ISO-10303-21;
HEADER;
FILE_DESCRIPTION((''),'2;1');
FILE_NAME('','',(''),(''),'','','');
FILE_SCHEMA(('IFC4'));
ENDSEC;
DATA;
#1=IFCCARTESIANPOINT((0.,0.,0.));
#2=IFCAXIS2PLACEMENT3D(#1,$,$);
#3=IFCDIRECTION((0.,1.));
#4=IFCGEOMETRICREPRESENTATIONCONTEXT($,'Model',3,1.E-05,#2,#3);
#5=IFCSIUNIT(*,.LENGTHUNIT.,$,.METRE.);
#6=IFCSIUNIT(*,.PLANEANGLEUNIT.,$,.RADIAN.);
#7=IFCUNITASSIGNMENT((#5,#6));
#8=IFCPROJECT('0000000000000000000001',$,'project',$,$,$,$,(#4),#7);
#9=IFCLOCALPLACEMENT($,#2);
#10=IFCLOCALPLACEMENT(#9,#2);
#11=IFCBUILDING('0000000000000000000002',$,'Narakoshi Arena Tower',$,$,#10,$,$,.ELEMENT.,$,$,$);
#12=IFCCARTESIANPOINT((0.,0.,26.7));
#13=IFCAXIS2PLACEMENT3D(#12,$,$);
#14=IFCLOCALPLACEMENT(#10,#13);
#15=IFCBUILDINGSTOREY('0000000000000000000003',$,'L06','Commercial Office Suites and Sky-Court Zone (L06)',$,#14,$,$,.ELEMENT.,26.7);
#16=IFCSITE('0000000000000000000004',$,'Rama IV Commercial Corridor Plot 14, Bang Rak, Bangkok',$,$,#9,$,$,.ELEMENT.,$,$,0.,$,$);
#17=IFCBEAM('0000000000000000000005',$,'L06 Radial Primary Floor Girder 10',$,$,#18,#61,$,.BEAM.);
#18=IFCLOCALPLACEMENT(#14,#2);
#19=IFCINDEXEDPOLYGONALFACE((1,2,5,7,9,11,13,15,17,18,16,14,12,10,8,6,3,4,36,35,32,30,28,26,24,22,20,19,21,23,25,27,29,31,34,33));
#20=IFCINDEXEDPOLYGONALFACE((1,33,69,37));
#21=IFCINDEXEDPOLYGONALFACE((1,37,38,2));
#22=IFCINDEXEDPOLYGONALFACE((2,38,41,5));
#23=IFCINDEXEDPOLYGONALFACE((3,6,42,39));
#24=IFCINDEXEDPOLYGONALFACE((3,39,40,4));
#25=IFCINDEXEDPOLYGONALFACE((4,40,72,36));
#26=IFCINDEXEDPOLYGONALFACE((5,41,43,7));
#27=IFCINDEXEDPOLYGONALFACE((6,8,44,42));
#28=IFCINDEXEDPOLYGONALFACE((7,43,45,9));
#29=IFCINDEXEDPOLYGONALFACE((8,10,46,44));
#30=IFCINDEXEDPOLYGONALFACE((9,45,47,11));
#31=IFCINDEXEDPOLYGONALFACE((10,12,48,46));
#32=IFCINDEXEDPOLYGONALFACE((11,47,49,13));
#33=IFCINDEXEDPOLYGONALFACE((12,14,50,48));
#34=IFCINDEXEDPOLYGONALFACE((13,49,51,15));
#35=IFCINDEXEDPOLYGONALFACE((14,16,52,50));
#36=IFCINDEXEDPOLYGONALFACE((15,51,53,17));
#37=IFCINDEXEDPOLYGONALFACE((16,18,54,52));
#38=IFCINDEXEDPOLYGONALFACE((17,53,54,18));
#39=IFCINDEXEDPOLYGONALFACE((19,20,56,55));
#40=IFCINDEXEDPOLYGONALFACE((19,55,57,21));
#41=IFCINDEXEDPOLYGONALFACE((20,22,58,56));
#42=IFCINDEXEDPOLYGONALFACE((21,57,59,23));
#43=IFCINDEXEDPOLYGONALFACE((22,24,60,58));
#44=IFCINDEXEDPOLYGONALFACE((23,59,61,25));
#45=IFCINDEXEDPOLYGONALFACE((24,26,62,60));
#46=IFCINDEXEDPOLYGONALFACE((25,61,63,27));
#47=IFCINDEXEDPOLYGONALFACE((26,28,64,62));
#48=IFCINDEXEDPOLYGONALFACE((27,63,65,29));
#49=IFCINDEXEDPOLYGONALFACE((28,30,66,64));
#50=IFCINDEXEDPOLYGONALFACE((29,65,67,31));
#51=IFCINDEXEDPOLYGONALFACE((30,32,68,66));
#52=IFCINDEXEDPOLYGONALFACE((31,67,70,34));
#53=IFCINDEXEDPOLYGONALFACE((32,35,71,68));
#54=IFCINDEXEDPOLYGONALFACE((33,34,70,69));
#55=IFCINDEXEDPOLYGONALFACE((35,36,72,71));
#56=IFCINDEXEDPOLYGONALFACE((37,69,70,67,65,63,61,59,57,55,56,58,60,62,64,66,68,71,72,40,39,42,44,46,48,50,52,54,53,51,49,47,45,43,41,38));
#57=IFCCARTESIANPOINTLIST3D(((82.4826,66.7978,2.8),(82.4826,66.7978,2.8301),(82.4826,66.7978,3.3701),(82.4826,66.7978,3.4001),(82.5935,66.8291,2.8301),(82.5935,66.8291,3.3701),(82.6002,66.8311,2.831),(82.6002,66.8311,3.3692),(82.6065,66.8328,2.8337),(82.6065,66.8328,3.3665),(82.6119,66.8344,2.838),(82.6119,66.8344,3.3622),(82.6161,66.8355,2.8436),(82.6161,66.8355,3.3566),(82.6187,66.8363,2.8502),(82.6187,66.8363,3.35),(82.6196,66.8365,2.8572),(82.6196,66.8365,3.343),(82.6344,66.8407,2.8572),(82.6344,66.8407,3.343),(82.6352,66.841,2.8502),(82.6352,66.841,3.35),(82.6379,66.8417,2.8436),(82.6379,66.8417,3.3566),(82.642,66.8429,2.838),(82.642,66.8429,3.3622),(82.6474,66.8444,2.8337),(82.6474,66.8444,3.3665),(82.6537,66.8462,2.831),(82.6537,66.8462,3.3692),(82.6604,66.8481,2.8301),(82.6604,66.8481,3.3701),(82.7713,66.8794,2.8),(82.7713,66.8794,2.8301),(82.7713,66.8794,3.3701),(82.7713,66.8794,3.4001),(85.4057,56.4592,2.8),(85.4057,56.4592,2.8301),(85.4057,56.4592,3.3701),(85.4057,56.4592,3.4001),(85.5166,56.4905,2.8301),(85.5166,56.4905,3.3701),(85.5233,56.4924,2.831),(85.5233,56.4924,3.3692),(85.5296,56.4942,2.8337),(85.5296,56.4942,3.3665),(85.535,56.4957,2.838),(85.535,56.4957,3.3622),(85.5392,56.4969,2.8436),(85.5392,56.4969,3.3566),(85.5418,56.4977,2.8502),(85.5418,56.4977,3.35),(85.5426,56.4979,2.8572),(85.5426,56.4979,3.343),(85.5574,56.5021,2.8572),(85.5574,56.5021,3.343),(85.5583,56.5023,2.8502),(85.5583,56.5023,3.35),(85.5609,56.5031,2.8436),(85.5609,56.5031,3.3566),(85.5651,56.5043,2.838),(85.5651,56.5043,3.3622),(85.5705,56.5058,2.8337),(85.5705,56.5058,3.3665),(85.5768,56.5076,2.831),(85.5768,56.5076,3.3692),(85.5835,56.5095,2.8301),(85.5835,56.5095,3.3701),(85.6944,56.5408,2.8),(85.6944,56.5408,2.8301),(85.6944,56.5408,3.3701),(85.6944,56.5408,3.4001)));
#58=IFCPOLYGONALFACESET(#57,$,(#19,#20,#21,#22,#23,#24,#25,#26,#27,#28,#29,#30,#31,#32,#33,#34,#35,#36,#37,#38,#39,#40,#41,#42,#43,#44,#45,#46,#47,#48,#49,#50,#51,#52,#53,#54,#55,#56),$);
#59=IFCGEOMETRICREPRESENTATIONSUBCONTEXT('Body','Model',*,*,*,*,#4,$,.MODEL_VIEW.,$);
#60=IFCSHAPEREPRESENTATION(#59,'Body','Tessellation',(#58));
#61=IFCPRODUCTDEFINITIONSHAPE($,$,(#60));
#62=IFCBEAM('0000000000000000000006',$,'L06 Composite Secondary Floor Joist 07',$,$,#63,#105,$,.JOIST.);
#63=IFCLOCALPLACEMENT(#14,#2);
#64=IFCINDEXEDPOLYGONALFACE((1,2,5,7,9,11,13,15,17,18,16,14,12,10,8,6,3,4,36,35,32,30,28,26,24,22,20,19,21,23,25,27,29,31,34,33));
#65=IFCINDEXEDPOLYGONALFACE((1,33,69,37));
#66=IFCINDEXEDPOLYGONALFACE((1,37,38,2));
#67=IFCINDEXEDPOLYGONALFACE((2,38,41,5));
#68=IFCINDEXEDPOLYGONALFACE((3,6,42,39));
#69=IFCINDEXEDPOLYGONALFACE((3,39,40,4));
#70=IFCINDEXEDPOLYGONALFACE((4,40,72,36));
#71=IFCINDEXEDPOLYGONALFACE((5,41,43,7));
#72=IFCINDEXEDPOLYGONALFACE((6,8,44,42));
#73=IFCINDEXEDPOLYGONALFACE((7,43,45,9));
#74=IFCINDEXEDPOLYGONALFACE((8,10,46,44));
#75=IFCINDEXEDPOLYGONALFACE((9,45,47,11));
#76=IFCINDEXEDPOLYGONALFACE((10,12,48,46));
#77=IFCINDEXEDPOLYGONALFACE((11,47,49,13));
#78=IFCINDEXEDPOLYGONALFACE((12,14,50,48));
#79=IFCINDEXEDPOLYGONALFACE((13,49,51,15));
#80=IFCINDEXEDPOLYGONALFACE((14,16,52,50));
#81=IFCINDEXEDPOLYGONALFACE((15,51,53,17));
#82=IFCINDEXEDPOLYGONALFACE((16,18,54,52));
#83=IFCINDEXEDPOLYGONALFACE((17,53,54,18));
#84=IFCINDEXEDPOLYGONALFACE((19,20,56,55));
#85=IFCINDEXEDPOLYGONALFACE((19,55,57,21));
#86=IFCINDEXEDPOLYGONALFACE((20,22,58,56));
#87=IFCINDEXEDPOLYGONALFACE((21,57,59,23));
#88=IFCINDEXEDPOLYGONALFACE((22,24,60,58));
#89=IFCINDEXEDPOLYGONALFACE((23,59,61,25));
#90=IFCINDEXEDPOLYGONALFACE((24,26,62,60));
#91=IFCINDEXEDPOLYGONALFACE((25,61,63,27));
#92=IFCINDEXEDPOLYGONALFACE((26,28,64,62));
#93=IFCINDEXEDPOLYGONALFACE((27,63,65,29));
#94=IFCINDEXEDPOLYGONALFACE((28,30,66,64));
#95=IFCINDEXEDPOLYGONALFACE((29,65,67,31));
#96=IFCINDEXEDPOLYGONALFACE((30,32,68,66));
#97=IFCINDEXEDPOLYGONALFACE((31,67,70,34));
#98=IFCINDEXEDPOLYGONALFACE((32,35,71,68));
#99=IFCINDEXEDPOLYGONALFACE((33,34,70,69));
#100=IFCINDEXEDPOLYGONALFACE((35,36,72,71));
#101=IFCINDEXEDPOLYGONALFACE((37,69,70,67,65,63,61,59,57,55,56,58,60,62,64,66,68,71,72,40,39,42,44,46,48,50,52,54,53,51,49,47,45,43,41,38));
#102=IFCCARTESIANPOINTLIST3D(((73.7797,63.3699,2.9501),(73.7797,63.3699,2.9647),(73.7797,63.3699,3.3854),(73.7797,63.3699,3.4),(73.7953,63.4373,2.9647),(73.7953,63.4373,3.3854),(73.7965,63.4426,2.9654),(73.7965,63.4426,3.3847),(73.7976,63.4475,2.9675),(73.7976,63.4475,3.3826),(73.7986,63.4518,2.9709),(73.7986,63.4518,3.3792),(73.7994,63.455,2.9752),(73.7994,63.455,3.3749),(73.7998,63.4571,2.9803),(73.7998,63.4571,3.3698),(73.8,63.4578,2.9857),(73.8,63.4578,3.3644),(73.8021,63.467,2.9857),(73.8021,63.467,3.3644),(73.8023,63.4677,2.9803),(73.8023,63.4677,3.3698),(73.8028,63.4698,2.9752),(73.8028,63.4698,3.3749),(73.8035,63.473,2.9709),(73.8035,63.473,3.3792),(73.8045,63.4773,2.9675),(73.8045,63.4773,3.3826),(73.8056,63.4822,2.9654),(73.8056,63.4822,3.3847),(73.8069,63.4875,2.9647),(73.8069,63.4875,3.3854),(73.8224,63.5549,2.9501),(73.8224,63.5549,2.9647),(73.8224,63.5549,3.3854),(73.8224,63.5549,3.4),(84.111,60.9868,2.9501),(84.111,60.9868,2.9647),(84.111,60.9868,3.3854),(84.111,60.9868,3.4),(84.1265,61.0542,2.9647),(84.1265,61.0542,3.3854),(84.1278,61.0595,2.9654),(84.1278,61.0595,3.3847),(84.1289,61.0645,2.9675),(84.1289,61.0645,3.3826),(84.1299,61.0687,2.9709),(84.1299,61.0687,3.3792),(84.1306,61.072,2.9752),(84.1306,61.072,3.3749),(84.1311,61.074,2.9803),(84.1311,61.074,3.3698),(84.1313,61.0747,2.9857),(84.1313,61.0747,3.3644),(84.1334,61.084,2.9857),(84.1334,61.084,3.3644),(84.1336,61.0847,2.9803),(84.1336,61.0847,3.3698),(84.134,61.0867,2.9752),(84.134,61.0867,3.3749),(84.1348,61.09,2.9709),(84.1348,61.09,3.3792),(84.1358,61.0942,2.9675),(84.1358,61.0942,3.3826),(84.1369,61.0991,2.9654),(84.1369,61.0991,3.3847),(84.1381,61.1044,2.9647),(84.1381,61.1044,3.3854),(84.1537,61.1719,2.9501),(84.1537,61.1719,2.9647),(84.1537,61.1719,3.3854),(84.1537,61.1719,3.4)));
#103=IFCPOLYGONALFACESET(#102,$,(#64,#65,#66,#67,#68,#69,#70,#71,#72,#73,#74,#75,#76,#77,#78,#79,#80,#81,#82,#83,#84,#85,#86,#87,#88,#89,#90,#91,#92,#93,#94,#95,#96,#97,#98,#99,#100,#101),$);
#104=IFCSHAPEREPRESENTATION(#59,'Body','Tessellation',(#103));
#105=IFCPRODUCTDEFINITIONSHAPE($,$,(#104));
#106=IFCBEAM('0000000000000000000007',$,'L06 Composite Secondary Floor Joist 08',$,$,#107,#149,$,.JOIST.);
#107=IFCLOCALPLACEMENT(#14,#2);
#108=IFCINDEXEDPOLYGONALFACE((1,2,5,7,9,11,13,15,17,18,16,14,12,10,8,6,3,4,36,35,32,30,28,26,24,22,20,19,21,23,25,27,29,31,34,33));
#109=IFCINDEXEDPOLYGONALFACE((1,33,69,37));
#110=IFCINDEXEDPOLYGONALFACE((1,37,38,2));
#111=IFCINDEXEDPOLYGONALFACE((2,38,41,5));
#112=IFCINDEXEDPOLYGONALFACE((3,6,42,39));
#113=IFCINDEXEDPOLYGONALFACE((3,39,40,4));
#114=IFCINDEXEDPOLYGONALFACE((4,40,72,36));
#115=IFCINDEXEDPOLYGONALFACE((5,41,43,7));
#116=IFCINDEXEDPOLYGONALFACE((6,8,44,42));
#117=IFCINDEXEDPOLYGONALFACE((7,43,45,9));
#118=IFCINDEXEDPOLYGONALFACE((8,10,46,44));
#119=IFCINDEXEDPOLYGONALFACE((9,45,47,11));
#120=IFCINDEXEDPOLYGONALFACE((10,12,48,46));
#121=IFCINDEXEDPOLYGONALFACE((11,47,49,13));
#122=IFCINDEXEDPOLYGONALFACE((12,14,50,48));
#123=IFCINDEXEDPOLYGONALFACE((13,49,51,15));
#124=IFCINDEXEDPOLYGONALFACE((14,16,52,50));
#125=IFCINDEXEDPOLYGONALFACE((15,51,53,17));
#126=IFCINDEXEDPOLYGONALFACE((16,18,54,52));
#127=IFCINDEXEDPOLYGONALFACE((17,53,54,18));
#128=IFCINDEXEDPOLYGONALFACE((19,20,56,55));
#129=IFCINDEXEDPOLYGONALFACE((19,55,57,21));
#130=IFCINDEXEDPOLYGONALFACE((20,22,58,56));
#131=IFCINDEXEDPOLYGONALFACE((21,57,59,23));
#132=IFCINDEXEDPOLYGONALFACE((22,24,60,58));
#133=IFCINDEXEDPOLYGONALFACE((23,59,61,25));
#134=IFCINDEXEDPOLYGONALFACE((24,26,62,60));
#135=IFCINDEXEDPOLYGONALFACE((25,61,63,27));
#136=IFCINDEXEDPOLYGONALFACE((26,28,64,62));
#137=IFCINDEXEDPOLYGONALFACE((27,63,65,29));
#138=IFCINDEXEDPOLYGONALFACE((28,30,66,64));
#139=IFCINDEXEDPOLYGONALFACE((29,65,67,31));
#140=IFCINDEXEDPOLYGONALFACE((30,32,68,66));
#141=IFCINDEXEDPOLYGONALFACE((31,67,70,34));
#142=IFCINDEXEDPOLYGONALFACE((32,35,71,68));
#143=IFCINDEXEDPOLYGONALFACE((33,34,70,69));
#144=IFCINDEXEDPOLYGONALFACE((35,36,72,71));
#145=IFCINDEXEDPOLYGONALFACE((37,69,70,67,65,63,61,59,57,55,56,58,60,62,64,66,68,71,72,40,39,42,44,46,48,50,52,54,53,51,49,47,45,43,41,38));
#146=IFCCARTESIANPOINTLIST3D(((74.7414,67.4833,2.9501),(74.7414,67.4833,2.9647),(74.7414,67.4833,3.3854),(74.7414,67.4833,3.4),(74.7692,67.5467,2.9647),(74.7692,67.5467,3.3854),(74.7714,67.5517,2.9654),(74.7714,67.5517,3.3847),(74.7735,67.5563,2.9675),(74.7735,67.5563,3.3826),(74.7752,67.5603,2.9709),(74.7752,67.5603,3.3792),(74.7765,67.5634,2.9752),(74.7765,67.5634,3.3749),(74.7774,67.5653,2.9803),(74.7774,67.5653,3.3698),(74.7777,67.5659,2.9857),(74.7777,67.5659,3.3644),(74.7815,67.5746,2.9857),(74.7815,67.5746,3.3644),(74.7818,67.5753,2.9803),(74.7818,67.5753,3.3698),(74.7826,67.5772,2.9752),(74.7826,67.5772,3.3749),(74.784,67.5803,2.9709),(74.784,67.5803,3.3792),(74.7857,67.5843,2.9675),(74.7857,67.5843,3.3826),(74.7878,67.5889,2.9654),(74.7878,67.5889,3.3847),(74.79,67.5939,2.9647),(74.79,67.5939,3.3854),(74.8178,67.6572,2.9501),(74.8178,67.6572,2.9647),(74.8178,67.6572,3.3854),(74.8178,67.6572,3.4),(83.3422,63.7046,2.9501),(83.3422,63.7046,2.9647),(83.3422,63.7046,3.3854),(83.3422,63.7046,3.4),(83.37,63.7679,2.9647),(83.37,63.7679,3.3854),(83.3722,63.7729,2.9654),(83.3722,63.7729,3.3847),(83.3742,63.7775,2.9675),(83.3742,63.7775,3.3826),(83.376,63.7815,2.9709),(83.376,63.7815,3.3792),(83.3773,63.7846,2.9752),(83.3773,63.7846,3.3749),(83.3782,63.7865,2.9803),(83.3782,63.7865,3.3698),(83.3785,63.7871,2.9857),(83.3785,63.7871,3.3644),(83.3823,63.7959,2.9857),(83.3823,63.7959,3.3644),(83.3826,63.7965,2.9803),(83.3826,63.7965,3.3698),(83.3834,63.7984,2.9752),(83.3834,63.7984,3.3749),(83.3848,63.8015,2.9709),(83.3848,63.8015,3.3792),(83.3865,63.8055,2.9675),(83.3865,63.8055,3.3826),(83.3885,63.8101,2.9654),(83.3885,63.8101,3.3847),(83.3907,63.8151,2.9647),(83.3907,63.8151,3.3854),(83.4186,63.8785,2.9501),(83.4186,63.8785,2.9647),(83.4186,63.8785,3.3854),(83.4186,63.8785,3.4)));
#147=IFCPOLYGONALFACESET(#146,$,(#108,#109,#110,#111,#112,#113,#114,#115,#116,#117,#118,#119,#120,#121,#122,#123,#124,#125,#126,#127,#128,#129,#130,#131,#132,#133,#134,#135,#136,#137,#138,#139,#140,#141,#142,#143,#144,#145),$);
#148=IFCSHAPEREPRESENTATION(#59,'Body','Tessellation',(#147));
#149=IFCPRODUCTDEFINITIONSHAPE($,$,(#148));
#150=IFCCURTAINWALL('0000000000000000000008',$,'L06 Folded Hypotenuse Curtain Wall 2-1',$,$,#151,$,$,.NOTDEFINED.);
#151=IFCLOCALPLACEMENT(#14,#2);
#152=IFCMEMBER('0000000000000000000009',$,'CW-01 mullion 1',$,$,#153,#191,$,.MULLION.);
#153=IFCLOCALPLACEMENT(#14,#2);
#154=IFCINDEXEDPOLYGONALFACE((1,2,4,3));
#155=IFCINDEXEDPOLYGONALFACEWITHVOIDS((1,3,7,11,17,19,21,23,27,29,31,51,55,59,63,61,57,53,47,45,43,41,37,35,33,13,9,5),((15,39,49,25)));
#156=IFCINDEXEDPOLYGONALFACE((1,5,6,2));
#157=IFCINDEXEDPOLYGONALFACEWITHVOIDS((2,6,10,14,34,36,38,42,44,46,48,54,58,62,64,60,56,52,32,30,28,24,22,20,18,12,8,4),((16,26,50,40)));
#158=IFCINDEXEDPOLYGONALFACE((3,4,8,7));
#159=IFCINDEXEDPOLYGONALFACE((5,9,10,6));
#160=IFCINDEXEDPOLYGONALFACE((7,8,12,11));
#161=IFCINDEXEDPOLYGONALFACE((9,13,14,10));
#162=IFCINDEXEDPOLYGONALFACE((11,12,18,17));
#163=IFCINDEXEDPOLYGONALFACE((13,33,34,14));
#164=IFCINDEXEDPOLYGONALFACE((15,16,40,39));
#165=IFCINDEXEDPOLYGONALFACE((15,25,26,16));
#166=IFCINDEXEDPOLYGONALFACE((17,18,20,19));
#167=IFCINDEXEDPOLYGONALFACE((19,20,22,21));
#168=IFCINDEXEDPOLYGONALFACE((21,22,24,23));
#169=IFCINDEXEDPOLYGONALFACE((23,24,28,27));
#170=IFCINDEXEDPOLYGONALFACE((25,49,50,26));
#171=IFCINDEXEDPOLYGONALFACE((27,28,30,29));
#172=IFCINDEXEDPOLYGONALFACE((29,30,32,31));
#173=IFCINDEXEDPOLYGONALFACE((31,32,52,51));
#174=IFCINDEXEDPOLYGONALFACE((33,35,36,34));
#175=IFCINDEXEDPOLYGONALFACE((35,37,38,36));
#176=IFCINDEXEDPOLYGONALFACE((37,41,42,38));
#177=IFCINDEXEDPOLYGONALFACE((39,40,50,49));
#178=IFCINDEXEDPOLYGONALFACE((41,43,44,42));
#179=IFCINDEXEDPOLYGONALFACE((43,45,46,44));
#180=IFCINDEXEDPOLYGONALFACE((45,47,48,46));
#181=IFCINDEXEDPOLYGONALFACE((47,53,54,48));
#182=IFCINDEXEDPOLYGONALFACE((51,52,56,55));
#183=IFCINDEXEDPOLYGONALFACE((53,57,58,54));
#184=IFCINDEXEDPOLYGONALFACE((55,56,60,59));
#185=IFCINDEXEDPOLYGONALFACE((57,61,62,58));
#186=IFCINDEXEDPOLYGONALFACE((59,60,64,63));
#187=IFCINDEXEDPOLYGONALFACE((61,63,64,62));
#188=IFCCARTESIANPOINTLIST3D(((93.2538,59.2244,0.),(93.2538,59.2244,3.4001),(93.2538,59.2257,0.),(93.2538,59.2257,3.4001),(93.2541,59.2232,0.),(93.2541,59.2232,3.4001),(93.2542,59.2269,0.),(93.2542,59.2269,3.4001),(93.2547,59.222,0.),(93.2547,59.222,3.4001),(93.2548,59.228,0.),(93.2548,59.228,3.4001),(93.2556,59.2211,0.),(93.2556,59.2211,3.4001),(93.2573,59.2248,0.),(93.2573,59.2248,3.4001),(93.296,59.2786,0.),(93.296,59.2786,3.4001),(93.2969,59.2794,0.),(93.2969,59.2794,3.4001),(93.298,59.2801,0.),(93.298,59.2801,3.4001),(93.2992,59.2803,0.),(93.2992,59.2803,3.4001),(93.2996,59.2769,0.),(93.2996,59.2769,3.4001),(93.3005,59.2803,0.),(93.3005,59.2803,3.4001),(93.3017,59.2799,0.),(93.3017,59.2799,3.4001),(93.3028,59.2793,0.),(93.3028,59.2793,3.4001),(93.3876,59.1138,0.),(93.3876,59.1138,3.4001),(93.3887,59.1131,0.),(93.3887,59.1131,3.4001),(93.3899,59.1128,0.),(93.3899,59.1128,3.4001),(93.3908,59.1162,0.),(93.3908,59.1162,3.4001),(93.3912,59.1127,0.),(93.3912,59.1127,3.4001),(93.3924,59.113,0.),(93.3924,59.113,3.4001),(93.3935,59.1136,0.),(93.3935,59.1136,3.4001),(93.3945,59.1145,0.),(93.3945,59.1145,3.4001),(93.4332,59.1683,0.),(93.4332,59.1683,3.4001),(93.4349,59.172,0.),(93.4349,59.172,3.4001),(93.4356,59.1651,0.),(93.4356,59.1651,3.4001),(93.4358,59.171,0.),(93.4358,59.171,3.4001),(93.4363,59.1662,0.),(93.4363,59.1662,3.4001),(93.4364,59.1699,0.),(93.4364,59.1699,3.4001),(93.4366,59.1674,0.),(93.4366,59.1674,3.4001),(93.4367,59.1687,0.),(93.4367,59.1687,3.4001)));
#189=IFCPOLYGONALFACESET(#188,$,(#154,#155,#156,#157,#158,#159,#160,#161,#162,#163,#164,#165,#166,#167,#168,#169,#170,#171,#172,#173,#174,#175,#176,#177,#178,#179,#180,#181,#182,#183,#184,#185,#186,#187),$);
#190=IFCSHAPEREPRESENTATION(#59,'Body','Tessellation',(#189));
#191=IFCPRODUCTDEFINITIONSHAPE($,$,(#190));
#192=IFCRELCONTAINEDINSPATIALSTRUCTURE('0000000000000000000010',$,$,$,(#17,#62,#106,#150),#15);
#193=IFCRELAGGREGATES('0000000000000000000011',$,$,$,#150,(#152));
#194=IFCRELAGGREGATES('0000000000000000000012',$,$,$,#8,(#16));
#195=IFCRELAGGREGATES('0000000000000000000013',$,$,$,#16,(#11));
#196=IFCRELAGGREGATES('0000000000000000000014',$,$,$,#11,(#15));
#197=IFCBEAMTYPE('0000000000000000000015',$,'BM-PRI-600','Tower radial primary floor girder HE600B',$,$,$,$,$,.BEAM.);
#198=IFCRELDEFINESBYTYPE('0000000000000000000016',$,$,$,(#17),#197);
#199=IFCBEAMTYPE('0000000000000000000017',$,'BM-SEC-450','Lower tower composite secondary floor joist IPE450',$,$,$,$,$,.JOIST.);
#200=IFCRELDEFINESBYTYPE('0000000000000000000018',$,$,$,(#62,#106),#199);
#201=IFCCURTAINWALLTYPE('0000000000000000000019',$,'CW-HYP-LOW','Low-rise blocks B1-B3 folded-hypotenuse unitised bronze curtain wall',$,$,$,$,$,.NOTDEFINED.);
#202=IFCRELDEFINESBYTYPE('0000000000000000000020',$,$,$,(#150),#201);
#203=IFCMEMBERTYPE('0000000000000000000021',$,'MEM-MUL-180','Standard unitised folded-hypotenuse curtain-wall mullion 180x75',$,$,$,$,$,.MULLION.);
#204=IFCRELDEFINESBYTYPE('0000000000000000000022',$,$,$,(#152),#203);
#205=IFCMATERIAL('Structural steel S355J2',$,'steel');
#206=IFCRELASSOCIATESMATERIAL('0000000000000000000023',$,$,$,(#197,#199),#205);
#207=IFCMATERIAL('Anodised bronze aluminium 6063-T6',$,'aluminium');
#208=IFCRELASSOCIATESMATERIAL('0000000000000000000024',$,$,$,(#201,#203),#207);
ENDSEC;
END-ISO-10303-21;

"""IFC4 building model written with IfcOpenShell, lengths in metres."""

from ifc_helpers import new_model, si_unit, direction, frame, origin, origin_2d, place, context, subcontext, project, spatial, hollow_rectangle, i_section, extrude, material, material_profile, profile_set, type_object, element, aggregate, save


model = new_model("IFC4")

# Units and contexts
model_context = context("Model", 3, precision=1e-05, world=origin(), true_north=direction((0.0, 1.0)))
body_context = subcontext(model_context, "Body", "Model", "MODEL_VIEW")
ifc_project = project(units=[si_unit("LENGTHUNIT", "METRE"), si_unit("PLANEANGLEUNIT", "RADIAN")], contexts=[model_context])

# Site, building, storey
site_placement = place(None, origin())
site = spatial("IfcSite", under=ifc_project, at=site_placement, Name="Rama IV Commercial Corridor Plot 14, Bang Rak, Bangkok", CompositionType="ELEMENT", RefElevation=0.0)
building_placement = place(site_placement, origin())
building = spatial("IfcBuilding", under=site, at=building_placement, Name="Narakoshi Arena Tower", CompositionType="ELEMENT")
storey_placement = place(building_placement, frame((0.0, 0.0, 26.7)))
storey = spatial("IfcBuildingStorey", under=building, at=storey_placement, Name="L06", Description="Commercial Office Suites and Sky-Court Zone (L06)", CompositionType="ELEMENT", Elevation=26.7)

# Beams
ifc_material_1 = material(Name="Structural steel S355J2", Category="steel")
ifc_material_profile_1 = material_profile(ifc_material_1, i_section(OverallWidth=0.3, OverallDepth=0.6001, WebThickness=0.0154, FlangeThickness=0.03, FilletRadius=0.0271, at=origin_2d()), Name="HE600B")
ifc_profile_set_1 = profile_set([ifc_material_profile_1], Name="Structural steel S355J2")
beam_type_1 = type_object("IfcBeamType", Name="BM-PRI-600", Description="Tower radial primary floor girder HE600B", PredefinedType="BEAM", material=ifc_profile_set_1)
beam_1_placement = place(storey_placement, frame((85.55, 56.5, 3.1001), z_axis=(-0.27207, 0.962277, 0.0), x_axis=(-0.962277, -0.27207, 0.0)))
element("IfcBeam", 1, at=beam_1_placement, inside=storey, type_object=beam_type_1, Name="L06 Radial Primary Floor Girder 10", PredefinedType="BEAM", context=body_context, shape_type="SweptSolid", body=[
    extrude(i_section(OverallWidth=0.3, OverallDepth=0.6001, WebThickness=0.0154, FlangeThickness=0.03, FilletRadius=0.0271, at=origin_2d()), origin(), (0.0, 0.0, 1.0), 10.7439),
])
ifc_material_profile_2 = material_profile(ifc_material_1, i_section(OverallWidth=0.1899, OverallDepth=0.45, WebThickness=0.0095, FlangeThickness=0.0146, FilletRadius=0.021, at=origin_2d()), Name="IPE450")
ifc_profile_set_2 = profile_set([ifc_material_profile_2], Name="Structural steel S355J2")
beam_type_2 = type_object("IfcBeamType", Name="BM-SEC-450", Description="Lower tower composite secondary floor joist IPE450", PredefinedType="JOIST", material=ifc_profile_set_2)
beam_2_placement = place(storey_placement, frame((84.1323, 61.0793, 3.175), z_axis=(-0.974414, 0.224762, 0.0), x_axis=(-0.224762, -0.974414, 0.0)))
element("IfcBeam", 2, at=beam_2_placement, inside=storey, type_object=beam_type_2, Name="L06 Composite Secondary Floor Joist 07", PredefinedType="JOIST", context=body_context, shape_type="SweptSolid", body=[
    extrude(i_section(OverallWidth=0.1899, OverallDepth=0.45, WebThickness=0.0095, FlangeThickness=0.0146, FilletRadius=0.021, at=origin_2d()), origin(), (0.0, 0.0, 1.0), 10.6025),
])
beam_3_placement = place(storey_placement, frame((83.3804, 63.7915, 3.175), z_axis=(-0.915533, 0.402243, 0.0), x_axis=(-0.402243, -0.915533, 0.0)))
element("IfcBeam", 3, at=beam_3_placement, inside=storey, type_object=beam_type_2, Name="L06 Composite Secondary Floor Joist 08", PredefinedType="JOIST", context=body_context, shape_type="SweptSolid", body=[
    extrude(i_section(OverallWidth=0.1899, OverallDepth=0.45, WebThickness=0.0095, FlangeThickness=0.0146, FilletRadius=0.021, at=origin_2d()), origin(), (0.0, 0.0, 1.0), 9.3943),
])

# Curtain wall, member
ifc_material_2 = material(Name="Anodised bronze aluminium 6063-T6", Category="aluminium")
curtain_wall_type = type_object("IfcCurtainWallType", Name="CW-HYP-LOW", Description="Low-rise blocks B1-B3 folded-hypotenuse unitised bronze curtain wall", PredefinedType="NOTDEFINED", material=ifc_material_2)
curtain_wall_1_placement = place(storey_placement, origin())
curtain_wall_1 = element("IfcCurtainWall", 4, at=curtain_wall_1_placement, inside=storey, type_object=curtain_wall_type, Name="L06 Folded Hypotenuse Curtain Wall 2-1", PredefinedType="NOTDEFINED")
ifc_material_profile_3 = material_profile(ifc_material_2, hollow_rectangle(XDim=0.075, YDim=0.1799, WallThickness=0.0039, OuterFilletRadius=0.0049, at=origin_2d()), Name="MUL180x75x4")
ifc_profile_set_3 = profile_set([ifc_material_profile_3], Name="Anodised bronze aluminium 6063-T6")
member_type_1 = type_object("IfcMemberType", Name="MEM-MUL-180", Description="Standard unitised folded-hypotenuse curtain-wall mullion 180x75", PredefinedType="MULLION", material=ifc_profile_set_3)
member_1_placement = place(storey_placement, frame((93.3452, 59.1965, 0.0), z_axis=(0.0, 0.0, 1.0), x_axis=(-0.630723, -0.776008, 0.0)))
member_1 = element("IfcMember", 5, at=member_1_placement, type_object=member_type_1, Name="CW-01 mullion 1", PredefinedType="MULLION", context=body_context, shape_type="SweptSolid", body=[
    extrude(hollow_rectangle(XDim=0.075, YDim=0.1799, WallThickness=0.0039, OuterFilletRadius=0.0049, at=origin_2d()), origin(), (0.0, 0.0, 1.0), 3.4001),
])

aggregate(curtain_wall_1, [member_1])

save(model, "model.ifc")
